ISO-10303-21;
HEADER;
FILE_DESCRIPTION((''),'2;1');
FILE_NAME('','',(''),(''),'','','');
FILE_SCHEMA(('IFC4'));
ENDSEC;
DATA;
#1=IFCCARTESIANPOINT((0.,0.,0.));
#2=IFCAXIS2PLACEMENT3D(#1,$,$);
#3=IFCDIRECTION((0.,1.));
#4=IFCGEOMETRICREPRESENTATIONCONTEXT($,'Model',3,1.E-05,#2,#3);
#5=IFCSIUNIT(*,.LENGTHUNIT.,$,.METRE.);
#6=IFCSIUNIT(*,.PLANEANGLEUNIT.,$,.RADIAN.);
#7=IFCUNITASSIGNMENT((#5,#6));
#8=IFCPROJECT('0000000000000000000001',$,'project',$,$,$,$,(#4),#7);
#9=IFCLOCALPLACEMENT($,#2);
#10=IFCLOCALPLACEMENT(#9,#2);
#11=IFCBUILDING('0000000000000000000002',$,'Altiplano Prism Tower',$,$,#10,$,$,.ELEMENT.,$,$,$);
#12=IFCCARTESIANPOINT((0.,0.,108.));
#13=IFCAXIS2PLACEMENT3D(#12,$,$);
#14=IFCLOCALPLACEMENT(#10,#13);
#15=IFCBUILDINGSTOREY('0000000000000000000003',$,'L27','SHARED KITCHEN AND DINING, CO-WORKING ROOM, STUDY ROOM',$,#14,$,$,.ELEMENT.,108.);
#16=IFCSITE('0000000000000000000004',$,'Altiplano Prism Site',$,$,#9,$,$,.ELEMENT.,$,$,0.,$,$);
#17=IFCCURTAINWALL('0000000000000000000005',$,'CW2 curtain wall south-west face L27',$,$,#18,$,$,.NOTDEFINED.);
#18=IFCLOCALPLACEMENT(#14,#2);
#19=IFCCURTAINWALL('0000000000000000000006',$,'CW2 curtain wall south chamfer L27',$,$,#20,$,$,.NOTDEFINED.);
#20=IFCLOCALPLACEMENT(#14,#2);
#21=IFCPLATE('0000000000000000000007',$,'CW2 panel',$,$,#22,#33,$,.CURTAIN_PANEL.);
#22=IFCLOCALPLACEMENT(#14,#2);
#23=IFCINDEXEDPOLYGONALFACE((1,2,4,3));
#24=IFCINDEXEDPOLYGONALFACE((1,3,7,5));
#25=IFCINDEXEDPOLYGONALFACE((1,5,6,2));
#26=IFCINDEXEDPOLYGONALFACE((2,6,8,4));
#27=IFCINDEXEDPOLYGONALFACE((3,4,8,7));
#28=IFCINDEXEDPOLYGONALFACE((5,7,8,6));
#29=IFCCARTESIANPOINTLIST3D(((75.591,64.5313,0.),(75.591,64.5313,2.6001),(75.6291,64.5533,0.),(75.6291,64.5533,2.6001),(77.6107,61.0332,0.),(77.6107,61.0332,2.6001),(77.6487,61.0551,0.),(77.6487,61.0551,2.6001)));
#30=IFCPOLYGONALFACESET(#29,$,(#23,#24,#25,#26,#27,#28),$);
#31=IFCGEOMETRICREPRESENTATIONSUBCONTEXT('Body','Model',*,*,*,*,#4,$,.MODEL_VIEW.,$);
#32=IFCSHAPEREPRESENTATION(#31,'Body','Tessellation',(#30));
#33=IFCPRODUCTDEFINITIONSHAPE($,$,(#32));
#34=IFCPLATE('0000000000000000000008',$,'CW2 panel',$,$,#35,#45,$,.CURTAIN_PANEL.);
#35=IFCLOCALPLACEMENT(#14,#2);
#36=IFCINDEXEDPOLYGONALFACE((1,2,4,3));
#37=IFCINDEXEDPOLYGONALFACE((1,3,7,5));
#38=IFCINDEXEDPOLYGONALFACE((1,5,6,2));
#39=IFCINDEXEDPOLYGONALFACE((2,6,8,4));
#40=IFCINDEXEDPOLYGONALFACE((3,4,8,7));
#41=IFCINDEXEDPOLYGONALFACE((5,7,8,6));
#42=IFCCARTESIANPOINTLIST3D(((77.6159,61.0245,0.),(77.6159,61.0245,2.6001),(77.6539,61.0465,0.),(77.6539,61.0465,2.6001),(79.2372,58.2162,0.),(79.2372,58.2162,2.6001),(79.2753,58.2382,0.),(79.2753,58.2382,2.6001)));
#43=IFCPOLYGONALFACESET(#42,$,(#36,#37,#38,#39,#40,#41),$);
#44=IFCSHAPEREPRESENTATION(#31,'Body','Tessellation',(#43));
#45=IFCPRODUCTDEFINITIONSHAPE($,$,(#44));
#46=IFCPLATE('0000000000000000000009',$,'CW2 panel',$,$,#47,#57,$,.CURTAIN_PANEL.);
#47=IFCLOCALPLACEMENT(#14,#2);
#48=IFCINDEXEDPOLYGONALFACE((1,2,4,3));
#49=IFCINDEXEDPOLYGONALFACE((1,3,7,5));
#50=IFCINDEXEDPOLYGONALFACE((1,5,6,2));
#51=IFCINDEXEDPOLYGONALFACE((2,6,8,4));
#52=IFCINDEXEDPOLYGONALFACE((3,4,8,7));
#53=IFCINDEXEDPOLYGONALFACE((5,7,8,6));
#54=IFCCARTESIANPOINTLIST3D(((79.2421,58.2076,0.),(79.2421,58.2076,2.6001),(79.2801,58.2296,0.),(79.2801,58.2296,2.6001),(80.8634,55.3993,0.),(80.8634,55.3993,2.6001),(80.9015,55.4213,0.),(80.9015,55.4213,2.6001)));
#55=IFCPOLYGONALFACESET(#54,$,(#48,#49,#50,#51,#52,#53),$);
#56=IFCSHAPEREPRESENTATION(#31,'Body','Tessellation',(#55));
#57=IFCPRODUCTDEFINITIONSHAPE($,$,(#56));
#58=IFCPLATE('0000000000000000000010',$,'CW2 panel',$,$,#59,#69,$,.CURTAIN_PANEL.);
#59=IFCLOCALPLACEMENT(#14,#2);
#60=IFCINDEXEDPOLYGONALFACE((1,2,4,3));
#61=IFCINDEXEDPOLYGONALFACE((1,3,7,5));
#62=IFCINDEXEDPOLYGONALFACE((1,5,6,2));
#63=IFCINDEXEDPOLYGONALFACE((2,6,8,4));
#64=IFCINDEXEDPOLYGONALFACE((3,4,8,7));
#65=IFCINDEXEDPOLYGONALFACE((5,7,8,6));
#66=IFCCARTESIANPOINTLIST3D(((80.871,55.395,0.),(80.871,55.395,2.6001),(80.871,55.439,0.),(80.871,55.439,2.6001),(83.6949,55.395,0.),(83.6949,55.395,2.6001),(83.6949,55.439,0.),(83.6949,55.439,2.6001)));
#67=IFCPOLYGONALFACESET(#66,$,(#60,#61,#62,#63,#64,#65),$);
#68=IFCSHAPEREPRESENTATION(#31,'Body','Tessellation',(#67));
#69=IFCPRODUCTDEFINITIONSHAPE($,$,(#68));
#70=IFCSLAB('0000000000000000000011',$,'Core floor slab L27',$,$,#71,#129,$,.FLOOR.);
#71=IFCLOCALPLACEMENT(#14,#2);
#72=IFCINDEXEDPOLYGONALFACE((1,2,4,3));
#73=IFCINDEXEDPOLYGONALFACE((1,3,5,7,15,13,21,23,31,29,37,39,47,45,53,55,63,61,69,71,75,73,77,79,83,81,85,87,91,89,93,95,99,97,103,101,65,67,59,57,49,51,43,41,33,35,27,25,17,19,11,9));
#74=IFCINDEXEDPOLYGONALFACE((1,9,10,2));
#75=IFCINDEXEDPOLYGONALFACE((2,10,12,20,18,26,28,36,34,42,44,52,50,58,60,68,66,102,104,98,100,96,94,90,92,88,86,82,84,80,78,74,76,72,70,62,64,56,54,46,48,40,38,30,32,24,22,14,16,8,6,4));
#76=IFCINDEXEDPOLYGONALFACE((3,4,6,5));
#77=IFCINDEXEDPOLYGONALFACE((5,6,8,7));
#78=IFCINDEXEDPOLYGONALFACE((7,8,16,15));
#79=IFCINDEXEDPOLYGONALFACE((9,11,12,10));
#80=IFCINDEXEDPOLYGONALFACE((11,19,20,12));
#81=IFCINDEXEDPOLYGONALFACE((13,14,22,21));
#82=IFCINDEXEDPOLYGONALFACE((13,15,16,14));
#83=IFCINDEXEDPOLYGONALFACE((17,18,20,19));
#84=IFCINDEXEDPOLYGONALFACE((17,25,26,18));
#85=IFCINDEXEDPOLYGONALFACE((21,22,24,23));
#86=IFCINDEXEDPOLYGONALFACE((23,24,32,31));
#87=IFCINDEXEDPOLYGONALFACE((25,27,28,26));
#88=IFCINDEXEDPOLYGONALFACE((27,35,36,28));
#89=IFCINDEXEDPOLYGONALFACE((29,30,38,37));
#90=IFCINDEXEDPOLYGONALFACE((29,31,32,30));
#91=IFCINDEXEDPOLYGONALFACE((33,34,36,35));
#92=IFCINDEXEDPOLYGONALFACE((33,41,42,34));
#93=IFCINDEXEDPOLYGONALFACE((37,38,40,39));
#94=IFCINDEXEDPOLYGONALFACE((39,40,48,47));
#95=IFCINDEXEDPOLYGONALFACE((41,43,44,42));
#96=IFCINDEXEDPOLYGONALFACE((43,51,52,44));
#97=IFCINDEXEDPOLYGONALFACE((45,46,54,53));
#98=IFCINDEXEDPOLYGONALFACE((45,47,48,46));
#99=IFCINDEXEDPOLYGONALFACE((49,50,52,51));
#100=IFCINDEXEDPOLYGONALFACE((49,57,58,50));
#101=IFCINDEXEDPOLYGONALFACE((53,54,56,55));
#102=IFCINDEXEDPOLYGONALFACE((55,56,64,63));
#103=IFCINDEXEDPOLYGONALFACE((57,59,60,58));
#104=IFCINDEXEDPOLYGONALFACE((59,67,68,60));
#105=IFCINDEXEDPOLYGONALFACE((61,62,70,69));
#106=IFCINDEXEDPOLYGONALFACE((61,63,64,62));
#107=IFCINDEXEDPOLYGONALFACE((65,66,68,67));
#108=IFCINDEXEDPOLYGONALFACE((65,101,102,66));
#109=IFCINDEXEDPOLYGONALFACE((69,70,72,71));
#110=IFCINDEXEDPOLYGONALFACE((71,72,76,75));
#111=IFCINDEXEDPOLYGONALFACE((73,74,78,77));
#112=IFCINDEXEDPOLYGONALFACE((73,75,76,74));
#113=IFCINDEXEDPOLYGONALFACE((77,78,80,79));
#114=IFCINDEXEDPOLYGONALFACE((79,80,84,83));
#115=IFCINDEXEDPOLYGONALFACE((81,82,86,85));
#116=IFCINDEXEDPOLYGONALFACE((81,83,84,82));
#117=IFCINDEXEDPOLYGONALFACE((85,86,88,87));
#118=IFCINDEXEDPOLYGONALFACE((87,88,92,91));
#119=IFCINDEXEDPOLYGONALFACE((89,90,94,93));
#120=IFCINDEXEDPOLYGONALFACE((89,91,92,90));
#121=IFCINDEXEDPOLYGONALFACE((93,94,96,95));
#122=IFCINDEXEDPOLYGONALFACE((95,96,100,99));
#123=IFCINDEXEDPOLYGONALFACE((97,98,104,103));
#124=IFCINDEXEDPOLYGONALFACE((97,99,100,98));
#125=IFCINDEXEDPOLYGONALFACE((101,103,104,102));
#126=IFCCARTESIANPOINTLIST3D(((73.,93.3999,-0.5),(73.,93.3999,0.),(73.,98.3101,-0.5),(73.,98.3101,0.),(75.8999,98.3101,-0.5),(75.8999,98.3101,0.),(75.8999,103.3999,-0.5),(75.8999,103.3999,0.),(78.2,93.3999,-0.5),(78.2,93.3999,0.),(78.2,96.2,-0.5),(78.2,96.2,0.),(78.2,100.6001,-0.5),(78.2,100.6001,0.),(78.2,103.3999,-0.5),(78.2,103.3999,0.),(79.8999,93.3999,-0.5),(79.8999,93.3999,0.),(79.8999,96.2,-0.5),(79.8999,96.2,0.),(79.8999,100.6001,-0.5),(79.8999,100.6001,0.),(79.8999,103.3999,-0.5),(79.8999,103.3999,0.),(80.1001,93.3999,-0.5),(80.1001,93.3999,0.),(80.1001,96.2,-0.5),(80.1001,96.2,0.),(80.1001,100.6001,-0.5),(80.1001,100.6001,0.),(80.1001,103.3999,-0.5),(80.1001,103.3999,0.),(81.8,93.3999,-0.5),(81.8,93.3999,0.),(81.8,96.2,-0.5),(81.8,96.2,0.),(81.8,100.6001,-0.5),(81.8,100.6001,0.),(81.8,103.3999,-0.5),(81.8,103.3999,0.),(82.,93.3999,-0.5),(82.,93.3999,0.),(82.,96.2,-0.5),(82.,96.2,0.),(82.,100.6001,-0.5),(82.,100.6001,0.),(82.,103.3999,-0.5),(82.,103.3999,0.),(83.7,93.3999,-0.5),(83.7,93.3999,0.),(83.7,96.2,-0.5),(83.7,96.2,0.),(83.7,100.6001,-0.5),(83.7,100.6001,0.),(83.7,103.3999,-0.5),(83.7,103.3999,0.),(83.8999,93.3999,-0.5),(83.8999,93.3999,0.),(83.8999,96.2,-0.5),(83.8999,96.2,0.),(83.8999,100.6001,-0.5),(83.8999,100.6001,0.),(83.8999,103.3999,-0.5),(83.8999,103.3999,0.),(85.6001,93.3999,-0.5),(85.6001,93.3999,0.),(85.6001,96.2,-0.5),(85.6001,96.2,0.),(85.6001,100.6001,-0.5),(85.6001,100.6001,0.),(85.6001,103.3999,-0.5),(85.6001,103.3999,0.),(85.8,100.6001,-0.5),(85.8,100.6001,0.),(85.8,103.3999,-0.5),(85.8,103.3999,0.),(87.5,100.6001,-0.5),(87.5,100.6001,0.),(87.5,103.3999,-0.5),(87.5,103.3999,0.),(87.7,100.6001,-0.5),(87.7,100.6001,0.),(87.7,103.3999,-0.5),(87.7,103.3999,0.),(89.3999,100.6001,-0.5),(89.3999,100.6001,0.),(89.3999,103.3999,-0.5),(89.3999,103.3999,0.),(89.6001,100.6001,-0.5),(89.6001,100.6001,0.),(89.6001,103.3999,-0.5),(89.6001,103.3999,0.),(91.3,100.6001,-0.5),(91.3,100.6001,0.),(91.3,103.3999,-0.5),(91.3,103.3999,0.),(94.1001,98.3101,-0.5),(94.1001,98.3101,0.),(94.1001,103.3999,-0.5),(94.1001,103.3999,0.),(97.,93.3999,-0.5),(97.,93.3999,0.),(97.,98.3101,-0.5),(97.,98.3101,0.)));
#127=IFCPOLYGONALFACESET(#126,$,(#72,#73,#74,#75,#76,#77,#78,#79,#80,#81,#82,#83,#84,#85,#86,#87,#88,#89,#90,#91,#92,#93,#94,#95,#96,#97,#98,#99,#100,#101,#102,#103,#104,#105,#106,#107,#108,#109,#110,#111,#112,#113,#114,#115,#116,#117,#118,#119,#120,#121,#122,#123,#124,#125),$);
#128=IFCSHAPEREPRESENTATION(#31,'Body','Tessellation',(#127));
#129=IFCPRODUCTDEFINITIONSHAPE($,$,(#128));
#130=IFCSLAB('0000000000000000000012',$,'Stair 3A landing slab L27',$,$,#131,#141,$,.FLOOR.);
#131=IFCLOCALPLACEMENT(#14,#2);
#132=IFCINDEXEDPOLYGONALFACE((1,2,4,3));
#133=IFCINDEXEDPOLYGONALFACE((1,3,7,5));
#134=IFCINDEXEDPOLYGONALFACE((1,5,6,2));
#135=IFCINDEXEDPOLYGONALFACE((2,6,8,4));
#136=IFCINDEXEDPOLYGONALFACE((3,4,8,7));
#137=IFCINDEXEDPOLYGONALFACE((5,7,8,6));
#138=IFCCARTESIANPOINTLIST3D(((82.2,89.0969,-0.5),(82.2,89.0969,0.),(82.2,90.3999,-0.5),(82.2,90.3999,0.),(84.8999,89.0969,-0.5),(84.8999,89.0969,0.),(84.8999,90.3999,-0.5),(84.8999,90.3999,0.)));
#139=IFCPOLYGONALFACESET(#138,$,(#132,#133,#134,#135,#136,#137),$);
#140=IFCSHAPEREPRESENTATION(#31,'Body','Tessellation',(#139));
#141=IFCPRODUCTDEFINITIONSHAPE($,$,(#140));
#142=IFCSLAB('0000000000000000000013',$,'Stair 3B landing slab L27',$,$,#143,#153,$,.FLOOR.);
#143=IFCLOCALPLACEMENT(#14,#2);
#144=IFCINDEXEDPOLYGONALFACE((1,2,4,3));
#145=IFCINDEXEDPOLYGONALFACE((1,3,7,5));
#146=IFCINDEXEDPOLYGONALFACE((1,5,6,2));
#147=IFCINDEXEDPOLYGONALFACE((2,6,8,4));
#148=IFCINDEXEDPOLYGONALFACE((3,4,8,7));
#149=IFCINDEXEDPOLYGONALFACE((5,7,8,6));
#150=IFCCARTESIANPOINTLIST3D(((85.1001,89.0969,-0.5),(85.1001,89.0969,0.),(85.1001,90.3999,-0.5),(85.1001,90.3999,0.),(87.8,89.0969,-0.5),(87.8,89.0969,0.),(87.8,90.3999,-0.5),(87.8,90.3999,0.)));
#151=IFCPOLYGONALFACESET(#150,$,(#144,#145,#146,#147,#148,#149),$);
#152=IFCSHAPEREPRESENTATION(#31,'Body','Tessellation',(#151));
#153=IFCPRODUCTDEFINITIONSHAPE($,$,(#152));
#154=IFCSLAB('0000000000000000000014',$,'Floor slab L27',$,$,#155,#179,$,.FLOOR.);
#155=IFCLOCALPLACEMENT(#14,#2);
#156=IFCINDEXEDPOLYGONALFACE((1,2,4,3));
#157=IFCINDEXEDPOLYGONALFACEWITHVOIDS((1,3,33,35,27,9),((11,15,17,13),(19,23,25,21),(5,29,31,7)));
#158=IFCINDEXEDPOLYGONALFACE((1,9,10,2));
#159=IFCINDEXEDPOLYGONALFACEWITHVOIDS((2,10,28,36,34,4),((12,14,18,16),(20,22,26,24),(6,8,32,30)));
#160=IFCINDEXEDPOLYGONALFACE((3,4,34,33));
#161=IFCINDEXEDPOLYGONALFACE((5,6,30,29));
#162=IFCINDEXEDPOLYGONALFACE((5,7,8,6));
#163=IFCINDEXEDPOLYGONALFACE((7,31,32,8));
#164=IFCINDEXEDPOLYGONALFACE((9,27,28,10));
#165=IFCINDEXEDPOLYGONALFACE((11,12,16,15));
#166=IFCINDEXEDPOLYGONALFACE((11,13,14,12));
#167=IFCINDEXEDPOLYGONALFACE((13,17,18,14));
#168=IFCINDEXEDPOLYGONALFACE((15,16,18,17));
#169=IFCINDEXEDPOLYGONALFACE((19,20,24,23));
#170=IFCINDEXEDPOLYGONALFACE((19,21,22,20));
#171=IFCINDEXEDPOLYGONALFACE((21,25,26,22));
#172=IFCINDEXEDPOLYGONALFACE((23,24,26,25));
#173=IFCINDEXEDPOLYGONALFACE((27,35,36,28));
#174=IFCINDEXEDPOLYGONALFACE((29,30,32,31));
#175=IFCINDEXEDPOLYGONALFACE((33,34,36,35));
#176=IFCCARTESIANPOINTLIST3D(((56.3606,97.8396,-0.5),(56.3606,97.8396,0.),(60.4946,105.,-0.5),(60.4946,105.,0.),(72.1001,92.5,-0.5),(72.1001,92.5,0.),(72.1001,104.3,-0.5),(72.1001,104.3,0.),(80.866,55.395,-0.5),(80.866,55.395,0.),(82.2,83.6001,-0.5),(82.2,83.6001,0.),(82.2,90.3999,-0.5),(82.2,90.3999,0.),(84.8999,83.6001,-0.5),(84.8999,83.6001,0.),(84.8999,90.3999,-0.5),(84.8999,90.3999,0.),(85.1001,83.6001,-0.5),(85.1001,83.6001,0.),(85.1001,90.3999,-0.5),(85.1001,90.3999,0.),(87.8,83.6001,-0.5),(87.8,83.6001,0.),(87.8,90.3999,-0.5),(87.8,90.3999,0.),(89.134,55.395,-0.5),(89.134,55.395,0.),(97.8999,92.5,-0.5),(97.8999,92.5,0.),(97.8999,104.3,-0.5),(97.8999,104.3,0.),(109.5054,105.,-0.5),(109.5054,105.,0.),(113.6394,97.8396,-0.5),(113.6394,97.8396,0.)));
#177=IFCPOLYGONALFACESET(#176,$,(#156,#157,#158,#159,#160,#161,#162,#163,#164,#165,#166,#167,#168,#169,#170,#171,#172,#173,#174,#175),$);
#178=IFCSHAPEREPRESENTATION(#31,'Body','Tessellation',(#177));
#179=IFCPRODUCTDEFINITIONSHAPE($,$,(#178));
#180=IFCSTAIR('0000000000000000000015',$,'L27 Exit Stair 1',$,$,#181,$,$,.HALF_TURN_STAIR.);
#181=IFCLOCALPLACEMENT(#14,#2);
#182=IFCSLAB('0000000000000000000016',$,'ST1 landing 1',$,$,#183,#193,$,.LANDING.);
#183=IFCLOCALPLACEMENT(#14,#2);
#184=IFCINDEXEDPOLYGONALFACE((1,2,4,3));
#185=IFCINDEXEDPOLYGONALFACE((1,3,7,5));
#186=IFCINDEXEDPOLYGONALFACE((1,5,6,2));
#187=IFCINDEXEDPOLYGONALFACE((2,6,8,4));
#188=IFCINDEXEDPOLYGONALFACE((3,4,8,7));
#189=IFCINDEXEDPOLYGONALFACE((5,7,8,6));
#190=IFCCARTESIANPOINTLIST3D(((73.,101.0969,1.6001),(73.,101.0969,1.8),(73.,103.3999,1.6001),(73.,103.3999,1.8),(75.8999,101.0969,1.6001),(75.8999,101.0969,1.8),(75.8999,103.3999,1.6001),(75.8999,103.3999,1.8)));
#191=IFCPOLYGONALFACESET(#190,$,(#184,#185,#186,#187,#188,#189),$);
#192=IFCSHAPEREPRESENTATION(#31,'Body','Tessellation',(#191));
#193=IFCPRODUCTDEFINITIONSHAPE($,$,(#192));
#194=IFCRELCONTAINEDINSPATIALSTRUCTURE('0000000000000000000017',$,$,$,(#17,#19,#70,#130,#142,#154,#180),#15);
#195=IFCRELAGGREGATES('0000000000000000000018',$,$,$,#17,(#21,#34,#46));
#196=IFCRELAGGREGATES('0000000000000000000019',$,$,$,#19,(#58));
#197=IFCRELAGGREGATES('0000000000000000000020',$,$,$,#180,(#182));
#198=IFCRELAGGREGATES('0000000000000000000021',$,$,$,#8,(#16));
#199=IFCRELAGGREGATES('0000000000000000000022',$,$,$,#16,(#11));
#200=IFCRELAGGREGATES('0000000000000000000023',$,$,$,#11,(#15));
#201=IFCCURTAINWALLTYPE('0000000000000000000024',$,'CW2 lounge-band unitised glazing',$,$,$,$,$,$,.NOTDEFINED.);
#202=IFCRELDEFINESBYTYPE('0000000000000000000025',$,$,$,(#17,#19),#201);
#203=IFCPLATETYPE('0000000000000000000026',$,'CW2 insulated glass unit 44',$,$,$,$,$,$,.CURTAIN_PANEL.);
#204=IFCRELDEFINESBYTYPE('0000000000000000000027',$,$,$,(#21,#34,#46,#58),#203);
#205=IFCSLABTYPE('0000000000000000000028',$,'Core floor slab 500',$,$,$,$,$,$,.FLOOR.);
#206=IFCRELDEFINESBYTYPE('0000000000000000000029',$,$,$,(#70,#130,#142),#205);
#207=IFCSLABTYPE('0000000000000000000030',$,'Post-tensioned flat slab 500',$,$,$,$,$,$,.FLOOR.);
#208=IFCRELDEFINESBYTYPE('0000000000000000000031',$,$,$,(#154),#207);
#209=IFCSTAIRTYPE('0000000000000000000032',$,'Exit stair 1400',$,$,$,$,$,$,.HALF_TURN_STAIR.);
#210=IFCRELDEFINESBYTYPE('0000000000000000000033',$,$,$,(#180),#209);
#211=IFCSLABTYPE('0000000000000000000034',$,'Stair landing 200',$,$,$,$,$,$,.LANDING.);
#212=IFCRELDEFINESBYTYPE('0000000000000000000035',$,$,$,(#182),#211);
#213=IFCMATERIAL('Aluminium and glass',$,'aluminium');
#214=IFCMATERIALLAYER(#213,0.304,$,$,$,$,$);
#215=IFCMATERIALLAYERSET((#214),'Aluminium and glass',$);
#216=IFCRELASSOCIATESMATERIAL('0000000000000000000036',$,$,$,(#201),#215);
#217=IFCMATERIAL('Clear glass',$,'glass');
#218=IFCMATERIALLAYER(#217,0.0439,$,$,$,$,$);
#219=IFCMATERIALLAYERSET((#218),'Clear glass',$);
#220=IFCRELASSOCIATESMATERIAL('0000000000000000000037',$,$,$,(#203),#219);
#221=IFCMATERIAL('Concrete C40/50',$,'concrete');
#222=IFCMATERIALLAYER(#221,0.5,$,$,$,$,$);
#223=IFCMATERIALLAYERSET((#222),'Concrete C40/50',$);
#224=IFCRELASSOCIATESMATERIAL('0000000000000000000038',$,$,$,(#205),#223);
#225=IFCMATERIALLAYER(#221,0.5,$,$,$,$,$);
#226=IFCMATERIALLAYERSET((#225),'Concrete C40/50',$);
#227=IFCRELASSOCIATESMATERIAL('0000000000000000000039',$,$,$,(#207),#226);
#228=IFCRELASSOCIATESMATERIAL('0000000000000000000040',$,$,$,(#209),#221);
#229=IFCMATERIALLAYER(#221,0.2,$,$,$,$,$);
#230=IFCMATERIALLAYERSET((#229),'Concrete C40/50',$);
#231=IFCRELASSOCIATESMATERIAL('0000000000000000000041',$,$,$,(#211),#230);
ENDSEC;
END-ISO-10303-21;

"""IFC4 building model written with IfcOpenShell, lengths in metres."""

from ifc_helpers import new_model, si_unit, direction, frame, origin, origin_2d, place, context, subcontext, project, spatial, polyline, rectangle, outline, extrude, material, layer, layer_set, type_object, element, aggregate, save


model = new_model("IFC4")

# Units and contexts
model_context = context("Model", 3, precision=1e-05, world=origin(), true_north=direction((0.0, 1.0)))
body_context = subcontext(model_context, "Body", "Model", "MODEL_VIEW")
ifc_project = project(units=[si_unit("LENGTHUNIT", "METRE"), si_unit("PLANEANGLEUNIT", "RADIAN")], contexts=[model_context])

# Site, building, storey
site_placement = place(None, origin())
site = spatial("IfcSite", under=ifc_project, at=site_placement, Name="Altiplano Prism Site", CompositionType="ELEMENT", RefElevation=0.0)
building_placement = place(site_placement, origin())
building = spatial("IfcBuilding", under=site, at=building_placement, Name="Altiplano Prism Tower", CompositionType="ELEMENT")
storey_placement = place(building_placement, frame((0.0, 0.0, 108.0)))
storey = spatial("IfcBuildingStorey", under=building, at=storey_placement, Name="L27", Description="SHARED KITCHEN AND DINING, CO-WORKING ROOM, STUDY ROOM", CompositionType="ELEMENT", Elevation=108.0)

# Curtain wall
ifc_material_1 = material(Name="Aluminium and glass", Category="aluminium")
ifc_layer_1 = layer(ifc_material_1, 0.304)
ifc_layer_set_1 = layer_set([ifc_layer_1], Name="Aluminium and glass")
curtain_wall_type = type_object("IfcCurtainWallType", Name="CW2 lounge-band unitised glazing", PredefinedType="NOTDEFINED", material=ifc_layer_set_1)
curtain_wall_1_placement = place(storey_placement, origin())
curtain_wall_1 = element("IfcCurtainWall", 1, at=curtain_wall_1_placement, inside=storey, type_object=curtain_wall_type, Name="CW2 curtain wall south-west face L27", PredefinedType="NOTDEFINED")

# Curtain wall
curtain_wall_2_placement = place(storey_placement, origin())
curtain_wall_2 = element("IfcCurtainWall", 2, at=curtain_wall_2_placement, inside=storey, type_object=curtain_wall_type, Name="CW2 curtain wall south chamfer L27", PredefinedType="NOTDEFINED")

# Plates
ifc_material_2 = material(Name="Clear glass", Category="glass")
ifc_layer_2 = layer(ifc_material_2, 0.0439)
ifc_layer_set_2 = layer_set([ifc_layer_2], Name="Clear glass")
plate_type = type_object("IfcPlateType", Name="CW2 insulated glass unit 44", PredefinedType="CURTAIN_PANEL", material=ifc_layer_set_2)
plate_1_placement = place(storey_placement, frame((76.6199, 62.7932, 0.0), z_axis=(0.0, 0.0, 1.0), x_axis=(0.5, -0.866025, 0.0)))
plate_1 = element("IfcPlate", 3, at=plate_1_placement, type_object=plate_type, Name="CW2 panel", PredefinedType="CURTAIN_PANEL", context=body_context, shape_type="SweptSolid", body=[
    extrude(rectangle(XDim=4.0393, YDim=0.0439, at=origin_2d()), origin(), (0.0, 0.0, 1.0), 2.6001),
])
plate_2_placement = place(storey_placement, frame((78.4456, 59.6313, 0.0), z_axis=(0.0, 0.0, 1.0), x_axis=(0.5, -0.866025, 0.0)))
plate_2 = element("IfcPlate", 4, at=plate_2_placement, type_object=plate_type, Name="CW2 panel", PredefinedType="CURTAIN_PANEL", context=body_context, shape_type="SweptSolid", body=[
    extrude(rectangle(XDim=3.2427, YDim=0.0439, at=origin_2d()), origin(), (0.0, 0.0, 1.0), 2.6001),
])
plate_3_placement = place(storey_placement, frame((80.0718, 56.8145, 0.0), z_axis=(0.0, 0.0, 1.0), x_axis=(0.5, -0.866025, 0.0)))
plate_3 = element("IfcPlate", 5, at=plate_3_placement, type_object=plate_type, Name="CW2 panel", PredefinedType="CURTAIN_PANEL", context=body_context, shape_type="SweptSolid", body=[
    extrude(rectangle(XDim=3.2427, YDim=0.0439, at=origin_2d()), origin(), (0.0, 0.0, 1.0), 2.6001),
])
aggregate(curtain_wall_1, [plate_1, plate_2, plate_3])
plate_4_placement = place(storey_placement, frame((82.283, 55.417, 0.0), z_axis=(0.0, 0.0, 1.0), x_axis=(1.0, 0.0, 0.0)))
plate_4 = element("IfcPlate", 6, at=plate_4_placement, type_object=plate_type, Name="CW2 panel", PredefinedType="CURTAIN_PANEL", context=body_context, shape_type="SweptSolid", body=[
    extrude(rectangle(XDim=2.824, YDim=0.0439, at=origin_2d()), origin(), (0.0, 0.0, 1.0), 2.6001),
])
aggregate(curtain_wall_2, [plate_4])

# Slabs
ifc_material_3 = material(Name="Concrete C40/50", Category="concrete")
ifc_layer_3 = layer(ifc_material_3, 0.5)
ifc_layer_set_3 = layer_set([ifc_layer_3], Name="Concrete C40/50")
slab_type_1 = type_object("IfcSlabType", Name="Core floor slab 500", PredefinedType="FLOOR", material=ifc_layer_set_3)
slab_1_placement = place(storey_placement, frame((0.0, 0.0, -0.5)))
element("IfcSlab", 7, at=slab_1_placement, inside=storey, type_object=slab_type_1, Name="Core floor slab L27", PredefinedType="FLOOR", context=body_context, shape_type="SweptSolid", body=[
    extrude(outline(polyline([(97.0, 98.3101), (94.1001, 98.3101), (94.1001, 103.3999), (91.3, 103.3999), (91.3, 100.6001), (89.6001, 100.6001), (89.6001, 103.3999), (89.3999, 103.3999), (89.3999, 100.6001), (87.7, 100.6001), (87.7, 103.3999), (87.5, 103.3999), (87.5, 100.6001), (85.8, 100.6001), (85.8, 103.3999), (85.6001, 103.3999), (85.6001, 100.6001), (83.8999, 100.6001), (83.8999, 103.3999), (83.7, 103.3999), (83.7, 100.6001), (82.0, 100.6001), (82.0, 103.3999), (81.8, 103.3999), (81.8, 100.6001), (80.1001, 100.6001), (80.1001, 103.3999), (79.8999, 103.3999), (79.8999, 100.6001), (78.2, 100.6001), (78.2, 103.3999), (75.8999, 103.3999), (75.8999, 98.3101), (73.0, 98.3101), (73.0, 93.3999), (78.2, 93.3999), (78.2, 96.2), (79.8999, 96.2), (79.8999, 93.3999), (80.1001, 93.3999), (80.1001, 96.2), (81.8, 96.2), (81.8, 93.3999), (82.0, 93.3999), (82.0, 96.2), (83.7, 96.2), (83.7, 93.3999), (83.8999, 93.3999), (83.8999, 96.2), (85.6001, 96.2), (85.6001, 93.3999), (97.0, 93.3999), (97.0, 98.3101)])), origin(), (0.0, 0.0, 1.0), 0.5),
])
slab_2_placement = place(storey_placement, frame((0.0, 0.0, -0.5)))
element("IfcSlab", 8, at=slab_2_placement, inside=storey, type_object=slab_type_1, Name="Stair 3A landing slab L27", PredefinedType="FLOOR", context=body_context, shape_type="SweptSolid", body=[
    extrude(outline(polyline([(82.2, 89.0969), (84.8999, 89.0969), (84.8999, 90.3999), (82.2, 90.3999), (82.2, 89.0969)])), origin(), (0.0, 0.0, 1.0), 0.5),
])
slab_3_placement = place(storey_placement, frame((0.0, 0.0, -0.5)))
element("IfcSlab", 9, at=slab_3_placement, inside=storey, type_object=slab_type_1, Name="Stair 3B landing slab L27", PredefinedType="FLOOR", context=body_context, shape_type="SweptSolid", body=[
    extrude(outline(polyline([(85.1001, 89.0969), (87.8, 89.0969), (87.8, 90.3999), (85.1001, 90.3999), (85.1001, 89.0969)])), origin(), (0.0, 0.0, 1.0), 0.5),
])
ifc_layer_4 = layer(ifc_material_3, 0.5)
ifc_layer_set_4 = layer_set([ifc_layer_4], Name="Concrete C40/50")
slab_type_2 = type_object("IfcSlabType", Name="Post-tensioned flat slab 500", PredefinedType="FLOOR", material=ifc_layer_set_4)
slab_4_placement = place(storey_placement, frame((0.0, 0.0, -0.5)))
element("IfcSlab", 10, at=slab_4_placement, inside=storey, type_object=slab_type_2, Name="Floor slab L27", PredefinedType="FLOOR", context=body_context, shape_type="SweptSolid", body=[
    extrude(outline(polyline([(80.866, 55.395), (56.3606, 97.8396), (60.4946, 105.0), (109.5054, 105.0), (113.6394, 97.8396), (89.134, 55.395), (80.866, 55.395)]), holes=[polyline([(72.1001, 104.3), (72.1001, 92.5), (97.8999, 92.5), (97.8999, 104.3), (72.1001, 104.3)]), polyline([(84.8999, 90.3999), (82.2, 90.3999), (82.2, 83.6001), (84.8999, 83.6001), (84.8999, 90.3999)]), polyline([(87.8, 83.6001), (87.8, 90.3999), (85.1001, 90.3999), (85.1001, 83.6001), (87.8, 83.6001)])]), origin(), (0.0, 0.0, 1.0), 0.5),
])

# Stair, slab
stair_type_1 = type_object("IfcStairType", Name="Exit stair 1400", PredefinedType="HALF_TURN_STAIR", material=ifc_material_3)
stair_1_placement = place(storey_placement, origin())
stair_1 = element("IfcStair", 11, at=stair_1_placement, inside=storey, type_object=stair_type_1, Name="L27 Exit Stair 1", PredefinedType="HALF_TURN_STAIR")
ifc_layer_5 = layer(ifc_material_3, 0.2)
ifc_layer_set_5 = layer_set([ifc_layer_5], Name="Concrete C40/50")
slab_type_3 = type_object("IfcSlabType", Name="Stair landing 200", PredefinedType="LANDING", material=ifc_layer_set_5)
slab_5_placement = place(storey_placement, frame((0.0, 0.0, 1.6001)))
slab_5 = element("IfcSlab", 12, at=slab_5_placement, type_object=slab_type_3, Name="ST1 landing 1", PredefinedType="LANDING", context=body_context, shape_type="SweptSolid", body=[
    extrude(outline(polyline([(75.8999, 101.0969), (75.8999, 103.3999), (73.0, 103.3999), (73.0, 101.0969), (75.8999, 101.0969)])), origin(), (0.0, 0.0, 1.0), 0.2),
])
aggregate(stair_1, [slab_5])

save(model, "model.ifc")
